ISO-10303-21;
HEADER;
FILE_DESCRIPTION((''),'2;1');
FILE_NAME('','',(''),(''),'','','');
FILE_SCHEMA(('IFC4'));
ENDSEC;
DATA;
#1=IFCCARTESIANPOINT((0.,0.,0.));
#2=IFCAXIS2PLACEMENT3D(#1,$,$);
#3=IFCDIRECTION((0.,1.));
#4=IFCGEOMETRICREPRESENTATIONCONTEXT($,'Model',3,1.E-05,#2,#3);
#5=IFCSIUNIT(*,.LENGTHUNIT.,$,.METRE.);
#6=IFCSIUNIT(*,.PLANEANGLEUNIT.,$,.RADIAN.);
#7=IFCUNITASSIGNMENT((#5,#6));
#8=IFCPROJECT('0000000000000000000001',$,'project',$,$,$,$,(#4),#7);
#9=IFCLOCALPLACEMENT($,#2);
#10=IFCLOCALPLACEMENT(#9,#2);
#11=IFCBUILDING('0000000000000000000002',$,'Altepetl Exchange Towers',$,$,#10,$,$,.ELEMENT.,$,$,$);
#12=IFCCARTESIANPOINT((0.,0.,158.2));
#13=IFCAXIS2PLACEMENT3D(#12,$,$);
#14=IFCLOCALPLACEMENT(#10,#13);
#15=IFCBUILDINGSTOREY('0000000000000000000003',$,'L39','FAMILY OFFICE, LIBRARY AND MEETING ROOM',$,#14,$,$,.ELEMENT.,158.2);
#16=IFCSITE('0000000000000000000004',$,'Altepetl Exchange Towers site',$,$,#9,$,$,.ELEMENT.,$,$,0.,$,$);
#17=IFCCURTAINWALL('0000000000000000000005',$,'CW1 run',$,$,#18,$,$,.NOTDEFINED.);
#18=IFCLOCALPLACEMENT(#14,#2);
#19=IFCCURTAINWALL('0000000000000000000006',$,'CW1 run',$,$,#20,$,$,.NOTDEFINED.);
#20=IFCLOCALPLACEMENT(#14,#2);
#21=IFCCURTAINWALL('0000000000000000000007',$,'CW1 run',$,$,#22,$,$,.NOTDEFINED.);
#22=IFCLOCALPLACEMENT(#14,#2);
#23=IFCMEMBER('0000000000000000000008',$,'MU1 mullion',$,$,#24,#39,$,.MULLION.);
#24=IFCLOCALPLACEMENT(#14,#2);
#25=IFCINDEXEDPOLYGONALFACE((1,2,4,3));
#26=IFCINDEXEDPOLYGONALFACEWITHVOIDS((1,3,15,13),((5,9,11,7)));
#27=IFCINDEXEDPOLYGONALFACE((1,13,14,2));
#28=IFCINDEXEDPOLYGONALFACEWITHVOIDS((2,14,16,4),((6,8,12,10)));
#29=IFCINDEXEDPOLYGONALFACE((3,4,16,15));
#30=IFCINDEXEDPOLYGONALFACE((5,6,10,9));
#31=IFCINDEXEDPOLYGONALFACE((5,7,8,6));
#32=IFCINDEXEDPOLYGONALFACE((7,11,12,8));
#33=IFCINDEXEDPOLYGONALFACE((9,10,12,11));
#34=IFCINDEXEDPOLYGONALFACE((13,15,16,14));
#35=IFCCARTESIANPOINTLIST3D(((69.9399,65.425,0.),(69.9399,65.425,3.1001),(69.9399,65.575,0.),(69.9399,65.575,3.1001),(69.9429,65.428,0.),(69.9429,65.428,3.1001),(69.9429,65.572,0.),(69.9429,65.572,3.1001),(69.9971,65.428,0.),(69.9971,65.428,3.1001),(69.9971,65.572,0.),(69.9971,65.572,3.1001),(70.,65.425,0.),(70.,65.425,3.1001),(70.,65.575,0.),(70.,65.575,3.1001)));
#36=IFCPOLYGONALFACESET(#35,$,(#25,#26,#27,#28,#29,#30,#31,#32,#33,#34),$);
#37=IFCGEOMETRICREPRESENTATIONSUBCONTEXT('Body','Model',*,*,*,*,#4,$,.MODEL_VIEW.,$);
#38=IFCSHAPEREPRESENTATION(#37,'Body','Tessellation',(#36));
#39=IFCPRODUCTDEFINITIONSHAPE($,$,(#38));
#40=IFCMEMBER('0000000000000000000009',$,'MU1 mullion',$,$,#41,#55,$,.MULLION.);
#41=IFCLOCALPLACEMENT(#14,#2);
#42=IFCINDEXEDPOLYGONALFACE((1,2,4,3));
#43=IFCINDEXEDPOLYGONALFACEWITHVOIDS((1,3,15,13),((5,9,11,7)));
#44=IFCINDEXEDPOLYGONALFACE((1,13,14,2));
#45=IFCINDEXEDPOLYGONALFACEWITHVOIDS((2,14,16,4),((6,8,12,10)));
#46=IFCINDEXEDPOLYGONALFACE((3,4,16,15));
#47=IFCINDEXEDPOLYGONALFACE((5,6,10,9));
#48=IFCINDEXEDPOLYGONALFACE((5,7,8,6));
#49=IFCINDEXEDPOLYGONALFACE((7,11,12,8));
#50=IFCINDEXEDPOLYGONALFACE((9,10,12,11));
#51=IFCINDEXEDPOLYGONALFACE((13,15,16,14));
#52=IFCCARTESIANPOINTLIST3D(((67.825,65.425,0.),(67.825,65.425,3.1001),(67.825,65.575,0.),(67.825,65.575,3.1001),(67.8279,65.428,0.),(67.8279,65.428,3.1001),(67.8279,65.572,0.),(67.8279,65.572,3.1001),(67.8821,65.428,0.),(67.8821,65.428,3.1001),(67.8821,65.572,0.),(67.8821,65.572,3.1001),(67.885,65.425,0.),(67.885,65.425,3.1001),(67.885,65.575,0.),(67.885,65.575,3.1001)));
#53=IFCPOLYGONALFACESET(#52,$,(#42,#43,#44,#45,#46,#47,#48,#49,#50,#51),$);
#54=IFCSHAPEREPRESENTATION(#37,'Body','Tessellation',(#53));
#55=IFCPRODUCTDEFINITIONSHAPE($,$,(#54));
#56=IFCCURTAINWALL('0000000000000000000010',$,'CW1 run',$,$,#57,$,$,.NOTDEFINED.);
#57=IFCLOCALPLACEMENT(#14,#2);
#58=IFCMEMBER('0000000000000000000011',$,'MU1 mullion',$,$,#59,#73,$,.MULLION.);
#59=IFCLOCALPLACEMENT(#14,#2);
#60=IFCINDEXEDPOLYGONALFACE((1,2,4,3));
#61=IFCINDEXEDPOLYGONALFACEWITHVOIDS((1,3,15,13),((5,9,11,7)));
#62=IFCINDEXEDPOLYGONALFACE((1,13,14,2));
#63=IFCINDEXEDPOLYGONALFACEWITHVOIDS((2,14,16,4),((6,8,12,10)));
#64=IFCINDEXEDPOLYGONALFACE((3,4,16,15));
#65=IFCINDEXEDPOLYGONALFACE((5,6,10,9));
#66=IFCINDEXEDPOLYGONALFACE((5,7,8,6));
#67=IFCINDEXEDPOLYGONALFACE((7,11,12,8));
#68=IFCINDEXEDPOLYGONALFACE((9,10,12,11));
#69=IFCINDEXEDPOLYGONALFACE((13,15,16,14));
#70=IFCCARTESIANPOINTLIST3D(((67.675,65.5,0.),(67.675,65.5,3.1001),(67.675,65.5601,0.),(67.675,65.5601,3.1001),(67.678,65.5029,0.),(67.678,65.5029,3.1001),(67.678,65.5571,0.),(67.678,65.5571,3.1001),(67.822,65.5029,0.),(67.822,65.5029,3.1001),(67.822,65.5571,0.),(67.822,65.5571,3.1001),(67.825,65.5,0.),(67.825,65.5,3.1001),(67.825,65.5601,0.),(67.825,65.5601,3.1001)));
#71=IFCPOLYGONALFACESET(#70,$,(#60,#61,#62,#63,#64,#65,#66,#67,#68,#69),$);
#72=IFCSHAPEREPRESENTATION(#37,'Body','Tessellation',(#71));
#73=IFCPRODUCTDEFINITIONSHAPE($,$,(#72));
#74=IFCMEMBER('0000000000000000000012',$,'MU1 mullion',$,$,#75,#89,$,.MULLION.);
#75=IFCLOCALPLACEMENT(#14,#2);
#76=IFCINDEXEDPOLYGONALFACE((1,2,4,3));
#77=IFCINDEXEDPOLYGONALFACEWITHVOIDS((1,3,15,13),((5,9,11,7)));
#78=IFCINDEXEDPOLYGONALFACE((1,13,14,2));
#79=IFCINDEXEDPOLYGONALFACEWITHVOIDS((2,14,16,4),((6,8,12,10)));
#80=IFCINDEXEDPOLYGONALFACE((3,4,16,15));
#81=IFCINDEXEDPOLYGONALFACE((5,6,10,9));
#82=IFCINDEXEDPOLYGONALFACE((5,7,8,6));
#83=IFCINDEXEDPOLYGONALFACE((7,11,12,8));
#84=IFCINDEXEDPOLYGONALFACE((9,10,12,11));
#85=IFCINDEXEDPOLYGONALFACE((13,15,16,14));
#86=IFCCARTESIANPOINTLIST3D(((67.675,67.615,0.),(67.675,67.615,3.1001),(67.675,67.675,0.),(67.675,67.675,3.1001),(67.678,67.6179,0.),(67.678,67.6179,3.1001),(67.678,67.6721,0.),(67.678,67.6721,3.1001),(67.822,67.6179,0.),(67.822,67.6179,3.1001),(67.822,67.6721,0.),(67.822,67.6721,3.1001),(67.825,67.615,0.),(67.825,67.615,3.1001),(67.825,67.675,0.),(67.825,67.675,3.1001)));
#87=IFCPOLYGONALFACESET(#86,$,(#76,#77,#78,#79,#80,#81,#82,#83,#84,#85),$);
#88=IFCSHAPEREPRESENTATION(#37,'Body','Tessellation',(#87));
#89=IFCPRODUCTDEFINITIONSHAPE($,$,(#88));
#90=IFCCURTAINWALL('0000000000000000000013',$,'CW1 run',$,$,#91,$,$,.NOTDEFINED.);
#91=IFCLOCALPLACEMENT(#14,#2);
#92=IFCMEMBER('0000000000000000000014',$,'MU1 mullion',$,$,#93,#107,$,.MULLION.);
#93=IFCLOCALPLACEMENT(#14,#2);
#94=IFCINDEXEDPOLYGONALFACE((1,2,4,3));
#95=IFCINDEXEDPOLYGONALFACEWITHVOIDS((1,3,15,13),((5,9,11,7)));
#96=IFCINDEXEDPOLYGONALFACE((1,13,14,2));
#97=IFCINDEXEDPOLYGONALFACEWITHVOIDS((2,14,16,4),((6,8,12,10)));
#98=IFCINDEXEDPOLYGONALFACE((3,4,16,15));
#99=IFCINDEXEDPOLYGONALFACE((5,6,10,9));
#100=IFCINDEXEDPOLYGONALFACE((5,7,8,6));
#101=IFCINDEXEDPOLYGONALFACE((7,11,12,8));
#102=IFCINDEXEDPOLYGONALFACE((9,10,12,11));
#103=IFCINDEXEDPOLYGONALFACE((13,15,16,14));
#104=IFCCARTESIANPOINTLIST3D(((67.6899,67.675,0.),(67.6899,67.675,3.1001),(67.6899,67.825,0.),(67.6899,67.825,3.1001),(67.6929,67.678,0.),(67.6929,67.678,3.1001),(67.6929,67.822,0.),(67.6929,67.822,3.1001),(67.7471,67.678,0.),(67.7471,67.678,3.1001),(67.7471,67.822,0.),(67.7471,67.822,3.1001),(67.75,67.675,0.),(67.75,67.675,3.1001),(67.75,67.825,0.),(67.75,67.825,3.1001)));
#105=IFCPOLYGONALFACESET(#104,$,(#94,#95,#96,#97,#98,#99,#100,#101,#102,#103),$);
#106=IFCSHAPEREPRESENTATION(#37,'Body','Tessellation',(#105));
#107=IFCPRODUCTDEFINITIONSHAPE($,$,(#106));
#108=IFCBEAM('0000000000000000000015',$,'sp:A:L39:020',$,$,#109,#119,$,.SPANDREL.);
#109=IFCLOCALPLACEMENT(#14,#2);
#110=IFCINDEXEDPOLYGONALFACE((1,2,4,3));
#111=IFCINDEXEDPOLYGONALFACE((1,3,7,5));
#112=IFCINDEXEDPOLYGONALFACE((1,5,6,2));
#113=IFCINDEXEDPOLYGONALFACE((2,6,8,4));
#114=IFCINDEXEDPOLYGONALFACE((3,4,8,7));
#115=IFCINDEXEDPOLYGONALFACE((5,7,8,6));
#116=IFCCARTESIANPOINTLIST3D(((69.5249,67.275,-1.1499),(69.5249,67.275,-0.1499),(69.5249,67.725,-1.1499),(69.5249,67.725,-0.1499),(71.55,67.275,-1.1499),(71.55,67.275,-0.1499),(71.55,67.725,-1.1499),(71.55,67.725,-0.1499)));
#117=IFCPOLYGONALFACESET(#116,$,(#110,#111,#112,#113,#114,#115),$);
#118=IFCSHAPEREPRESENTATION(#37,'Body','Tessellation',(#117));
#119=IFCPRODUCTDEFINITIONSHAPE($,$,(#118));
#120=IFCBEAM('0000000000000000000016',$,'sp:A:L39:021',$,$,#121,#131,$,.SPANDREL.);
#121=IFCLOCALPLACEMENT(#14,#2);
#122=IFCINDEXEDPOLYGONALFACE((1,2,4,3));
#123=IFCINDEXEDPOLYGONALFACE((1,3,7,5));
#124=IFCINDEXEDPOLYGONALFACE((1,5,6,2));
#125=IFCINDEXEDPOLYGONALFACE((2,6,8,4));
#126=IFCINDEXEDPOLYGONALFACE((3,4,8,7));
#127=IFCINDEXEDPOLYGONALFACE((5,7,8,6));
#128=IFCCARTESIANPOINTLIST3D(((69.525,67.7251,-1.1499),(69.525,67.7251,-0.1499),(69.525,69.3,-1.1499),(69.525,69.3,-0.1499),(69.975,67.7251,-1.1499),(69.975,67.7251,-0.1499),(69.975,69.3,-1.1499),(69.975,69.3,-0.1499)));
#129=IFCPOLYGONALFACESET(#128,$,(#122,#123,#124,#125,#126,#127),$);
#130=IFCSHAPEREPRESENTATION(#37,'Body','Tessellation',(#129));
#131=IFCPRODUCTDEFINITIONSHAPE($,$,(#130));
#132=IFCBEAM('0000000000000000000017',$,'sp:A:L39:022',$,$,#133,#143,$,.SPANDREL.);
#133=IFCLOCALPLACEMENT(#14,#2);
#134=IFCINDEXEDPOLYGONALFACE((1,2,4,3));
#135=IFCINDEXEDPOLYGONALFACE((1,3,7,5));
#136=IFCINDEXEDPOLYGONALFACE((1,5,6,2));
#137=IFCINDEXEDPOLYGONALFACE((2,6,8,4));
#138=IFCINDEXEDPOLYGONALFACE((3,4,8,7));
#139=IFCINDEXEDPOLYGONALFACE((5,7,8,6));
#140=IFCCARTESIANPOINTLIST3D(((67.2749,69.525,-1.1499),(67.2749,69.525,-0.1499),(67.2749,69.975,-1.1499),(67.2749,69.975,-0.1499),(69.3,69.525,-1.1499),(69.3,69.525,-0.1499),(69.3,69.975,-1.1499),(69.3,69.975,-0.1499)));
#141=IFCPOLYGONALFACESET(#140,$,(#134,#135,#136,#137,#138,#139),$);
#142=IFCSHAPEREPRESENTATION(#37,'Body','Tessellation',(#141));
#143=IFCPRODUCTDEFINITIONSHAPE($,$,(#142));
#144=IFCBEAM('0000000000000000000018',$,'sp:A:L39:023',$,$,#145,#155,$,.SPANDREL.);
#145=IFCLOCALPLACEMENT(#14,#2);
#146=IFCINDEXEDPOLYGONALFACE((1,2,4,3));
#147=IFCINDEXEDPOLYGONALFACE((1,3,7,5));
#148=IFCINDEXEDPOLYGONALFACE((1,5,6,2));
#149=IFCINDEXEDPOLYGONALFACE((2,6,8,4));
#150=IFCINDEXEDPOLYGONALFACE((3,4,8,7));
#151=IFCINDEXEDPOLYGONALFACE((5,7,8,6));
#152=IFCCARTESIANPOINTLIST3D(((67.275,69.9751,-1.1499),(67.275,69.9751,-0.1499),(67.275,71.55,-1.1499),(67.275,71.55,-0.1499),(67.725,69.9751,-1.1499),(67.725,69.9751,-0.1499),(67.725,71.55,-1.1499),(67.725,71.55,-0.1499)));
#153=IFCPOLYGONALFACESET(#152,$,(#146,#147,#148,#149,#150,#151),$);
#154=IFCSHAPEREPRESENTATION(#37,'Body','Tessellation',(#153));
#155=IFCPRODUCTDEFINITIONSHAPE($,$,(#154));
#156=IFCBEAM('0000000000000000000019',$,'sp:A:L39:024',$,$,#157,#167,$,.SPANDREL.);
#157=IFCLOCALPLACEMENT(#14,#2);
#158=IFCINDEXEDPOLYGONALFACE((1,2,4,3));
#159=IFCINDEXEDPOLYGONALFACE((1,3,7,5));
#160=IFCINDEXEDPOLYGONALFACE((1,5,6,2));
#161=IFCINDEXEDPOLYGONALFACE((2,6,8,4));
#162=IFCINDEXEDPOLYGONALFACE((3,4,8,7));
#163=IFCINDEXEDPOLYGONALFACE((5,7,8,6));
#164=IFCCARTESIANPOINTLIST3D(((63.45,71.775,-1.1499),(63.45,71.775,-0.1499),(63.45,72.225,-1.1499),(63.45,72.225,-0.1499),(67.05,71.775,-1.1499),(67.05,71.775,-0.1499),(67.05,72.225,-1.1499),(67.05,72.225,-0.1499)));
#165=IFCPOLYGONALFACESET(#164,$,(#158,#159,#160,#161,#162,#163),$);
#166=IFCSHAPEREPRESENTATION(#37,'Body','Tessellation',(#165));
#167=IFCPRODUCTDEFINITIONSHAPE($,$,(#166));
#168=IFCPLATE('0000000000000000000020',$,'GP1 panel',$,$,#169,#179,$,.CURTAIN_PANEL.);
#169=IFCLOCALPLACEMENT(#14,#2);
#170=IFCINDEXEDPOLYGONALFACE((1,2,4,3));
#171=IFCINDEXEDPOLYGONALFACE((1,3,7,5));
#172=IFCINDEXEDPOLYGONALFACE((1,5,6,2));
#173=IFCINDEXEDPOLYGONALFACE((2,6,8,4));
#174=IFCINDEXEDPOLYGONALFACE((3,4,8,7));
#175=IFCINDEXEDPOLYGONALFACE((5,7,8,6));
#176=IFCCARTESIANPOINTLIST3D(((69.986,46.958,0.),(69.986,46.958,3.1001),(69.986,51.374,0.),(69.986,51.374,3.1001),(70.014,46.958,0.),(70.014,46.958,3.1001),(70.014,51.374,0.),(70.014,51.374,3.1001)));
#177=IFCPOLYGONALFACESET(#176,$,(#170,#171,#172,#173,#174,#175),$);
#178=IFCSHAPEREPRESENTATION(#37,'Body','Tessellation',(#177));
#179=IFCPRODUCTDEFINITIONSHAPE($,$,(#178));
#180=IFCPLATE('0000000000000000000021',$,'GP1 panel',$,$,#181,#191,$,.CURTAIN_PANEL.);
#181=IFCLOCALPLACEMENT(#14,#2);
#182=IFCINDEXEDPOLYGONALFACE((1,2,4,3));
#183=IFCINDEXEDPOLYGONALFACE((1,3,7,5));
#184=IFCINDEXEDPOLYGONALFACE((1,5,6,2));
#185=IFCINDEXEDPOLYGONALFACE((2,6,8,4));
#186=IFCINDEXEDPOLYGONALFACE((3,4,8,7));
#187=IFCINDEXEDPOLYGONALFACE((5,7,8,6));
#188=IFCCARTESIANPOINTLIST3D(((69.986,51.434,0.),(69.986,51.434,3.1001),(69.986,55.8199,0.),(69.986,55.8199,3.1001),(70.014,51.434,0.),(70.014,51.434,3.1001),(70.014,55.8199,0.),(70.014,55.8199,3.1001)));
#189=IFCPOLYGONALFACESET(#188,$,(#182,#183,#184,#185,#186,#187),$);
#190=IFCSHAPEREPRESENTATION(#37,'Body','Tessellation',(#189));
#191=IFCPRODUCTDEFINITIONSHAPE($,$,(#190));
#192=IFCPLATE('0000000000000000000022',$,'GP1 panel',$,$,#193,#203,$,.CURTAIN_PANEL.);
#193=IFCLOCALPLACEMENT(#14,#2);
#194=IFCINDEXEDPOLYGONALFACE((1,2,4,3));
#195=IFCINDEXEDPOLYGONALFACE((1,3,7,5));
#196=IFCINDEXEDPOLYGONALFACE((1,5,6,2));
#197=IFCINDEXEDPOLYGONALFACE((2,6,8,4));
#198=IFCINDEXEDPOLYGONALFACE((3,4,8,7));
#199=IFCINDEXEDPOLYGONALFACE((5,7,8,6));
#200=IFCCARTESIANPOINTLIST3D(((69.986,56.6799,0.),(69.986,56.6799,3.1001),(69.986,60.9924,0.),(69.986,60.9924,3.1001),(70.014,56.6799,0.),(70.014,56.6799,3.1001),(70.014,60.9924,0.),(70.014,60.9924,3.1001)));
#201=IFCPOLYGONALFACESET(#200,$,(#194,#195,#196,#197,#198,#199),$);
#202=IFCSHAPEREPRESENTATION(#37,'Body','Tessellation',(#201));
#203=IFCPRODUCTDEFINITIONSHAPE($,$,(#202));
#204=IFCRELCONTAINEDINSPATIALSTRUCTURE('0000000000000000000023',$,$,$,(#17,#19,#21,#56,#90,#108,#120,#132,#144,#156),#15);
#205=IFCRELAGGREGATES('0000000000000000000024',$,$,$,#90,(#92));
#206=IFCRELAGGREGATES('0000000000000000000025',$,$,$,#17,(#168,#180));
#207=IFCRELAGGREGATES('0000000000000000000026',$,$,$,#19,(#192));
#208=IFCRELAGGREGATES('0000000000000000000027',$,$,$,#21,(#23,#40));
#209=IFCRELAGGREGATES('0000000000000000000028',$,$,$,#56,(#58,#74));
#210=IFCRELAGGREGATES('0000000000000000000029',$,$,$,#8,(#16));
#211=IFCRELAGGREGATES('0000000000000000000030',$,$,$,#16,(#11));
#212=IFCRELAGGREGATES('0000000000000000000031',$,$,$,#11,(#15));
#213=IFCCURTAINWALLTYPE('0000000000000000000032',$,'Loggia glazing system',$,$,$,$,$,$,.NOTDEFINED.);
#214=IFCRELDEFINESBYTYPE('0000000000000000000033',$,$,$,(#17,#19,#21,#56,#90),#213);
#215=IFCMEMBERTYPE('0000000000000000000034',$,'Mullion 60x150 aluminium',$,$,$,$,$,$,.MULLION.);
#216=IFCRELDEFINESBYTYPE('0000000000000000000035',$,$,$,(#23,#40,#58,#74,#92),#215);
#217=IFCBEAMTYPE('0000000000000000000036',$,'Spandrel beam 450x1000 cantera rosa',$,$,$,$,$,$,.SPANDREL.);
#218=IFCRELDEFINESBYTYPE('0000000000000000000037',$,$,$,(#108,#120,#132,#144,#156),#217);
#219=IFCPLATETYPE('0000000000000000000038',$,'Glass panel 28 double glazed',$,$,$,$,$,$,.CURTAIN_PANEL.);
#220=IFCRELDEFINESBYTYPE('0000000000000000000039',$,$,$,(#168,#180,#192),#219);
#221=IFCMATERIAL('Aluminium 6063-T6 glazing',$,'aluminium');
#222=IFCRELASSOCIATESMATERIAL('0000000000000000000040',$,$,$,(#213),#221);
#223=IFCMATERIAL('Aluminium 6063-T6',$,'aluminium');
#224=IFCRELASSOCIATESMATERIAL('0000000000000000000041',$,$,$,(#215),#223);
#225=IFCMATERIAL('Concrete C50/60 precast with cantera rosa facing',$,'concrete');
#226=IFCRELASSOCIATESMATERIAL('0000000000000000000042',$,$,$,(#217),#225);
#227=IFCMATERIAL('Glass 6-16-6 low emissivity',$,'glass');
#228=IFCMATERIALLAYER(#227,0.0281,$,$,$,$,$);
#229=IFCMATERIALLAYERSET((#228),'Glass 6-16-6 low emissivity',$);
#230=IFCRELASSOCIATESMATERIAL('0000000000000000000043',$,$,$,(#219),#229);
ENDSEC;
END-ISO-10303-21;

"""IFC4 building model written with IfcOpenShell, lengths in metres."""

from ifc_helpers import new_model, si_unit, direction, frame, origin, origin_2d, place, context, subcontext, project, spatial, rectangle, hollow_rectangle, extrude, material, layer, layer_set, material_profile, profile_set, type_object, element, aggregate, save


model = new_model("IFC4")

# Units and contexts
model_context = context("Model", 3, precision=1e-05, world=origin(), true_north=direction((0.0, 1.0)))
body_context = subcontext(model_context, "Body", "Model", "MODEL_VIEW")
ifc_project = project(units=[si_unit("LENGTHUNIT", "METRE"), si_unit("PLANEANGLEUNIT", "RADIAN")], contexts=[model_context])

# Site, building, storey
site_placement = place(None, origin())
site = spatial("IfcSite", under=ifc_project, at=site_placement, Name="Altepetl Exchange Towers site", CompositionType="ELEMENT", RefElevation=0.0)
building_placement = place(site_placement, origin())
building = spatial("IfcBuilding", under=site, at=building_placement, Name="Altepetl Exchange Towers", CompositionType="ELEMENT")
storey_placement = place(building_placement, frame((0.0, 0.0, 158.2)))
storey = spatial("IfcBuildingStorey", under=building, at=storey_placement, Name="L39", Description="FAMILY OFFICE, LIBRARY AND MEETING ROOM", CompositionType="ELEMENT", Elevation=158.2)

# Curtain walls, members
ifc_material_1 = material(Name="Aluminium 6063-T6 glazing", Category="aluminium")
curtain_wall_type = type_object("IfcCurtainWallType", Name="Loggia glazing system", PredefinedType="NOTDEFINED", material=ifc_material_1)
curtain_wall_1_placement = place(storey_placement, origin())
curtain_wall_1 = element("IfcCurtainWall", 1, at=curtain_wall_1_placement, inside=storey, type_object=curtain_wall_type, Name="CW1 run", PredefinedType="NOTDEFINED")
ifc_material_2 = material(Name="Aluminium 6063-T6", Category="aluminium")
ifc_material_profile_1 = material_profile(ifc_material_2, hollow_rectangle(XDim=0.0601, YDim=0.1499, WallThickness=0.0029, at=origin_2d()), Name="Mullion 60x150 aluminium")
ifc_profile_set_1 = profile_set([ifc_material_profile_1], Name="Aluminium 6063-T6")
member_type = type_object("IfcMemberType", Name="Mullion 60x150 aluminium", PredefinedType="MULLION", material=ifc_profile_set_1)
curtain_wall_2_placement = place(storey_placement, origin())
curtain_wall_2 = element("IfcCurtainWall", 2, at=curtain_wall_2_placement, inside=storey, type_object=curtain_wall_type, Name="CW1 run", PredefinedType="NOTDEFINED")
curtain_wall_3_placement = place(storey_placement, origin())
curtain_wall_3 = element("IfcCurtainWall", 3, at=curtain_wall_3_placement, inside=storey, type_object=curtain_wall_type, Name="CW1 run", PredefinedType="NOTDEFINED")
member_1_placement = place(storey_placement, frame((69.97, 65.5, 0.0), z_axis=(0.0, 0.0, 1.0), x_axis=(-1.0, 0.0, 0.0)))
member_1 = element("IfcMember", 4, at=member_1_placement, type_object=member_type, Name="MU1 mullion", PredefinedType="MULLION", context=body_context, shape_type="SweptSolid", body=[
    extrude(hollow_rectangle(XDim=0.0601, YDim=0.1499, WallThickness=0.0029, at=origin_2d()), origin(), (0.0, 0.0, 1.0), 3.1001),
])
member_2_placement = place(storey_placement, frame((67.855, 65.5, 0.0), z_axis=(0.0, 0.0, 1.0), x_axis=(-1.0, 0.0, 0.0)))
member_2 = element("IfcMember", 5, at=member_2_placement, type_object=member_type, Name="MU1 mullion", PredefinedType="MULLION", context=body_context, shape_type="SweptSolid", body=[
    extrude(hollow_rectangle(XDim=0.0601, YDim=0.1499, WallThickness=0.0029, at=origin_2d()), origin(), (0.0, 0.0, 1.0), 3.1001),
])
curtain_wall_4_placement = place(storey_placement, origin())
curtain_wall_4 = element("IfcCurtainWall", 6, at=curtain_wall_4_placement, inside=storey, type_object=curtain_wall_type, Name="CW1 run", PredefinedType="NOTDEFINED")
member_3_placement = place(storey_placement, frame((67.75, 65.53, 0.0), z_axis=(0.0, 0.0, 1.0), x_axis=(0.0, 1.0, 0.0)))
member_3 = element("IfcMember", 7, at=member_3_placement, type_object=member_type, Name="MU1 mullion", PredefinedType="MULLION", context=body_context, shape_type="SweptSolid", body=[
    extrude(hollow_rectangle(XDim=0.0601, YDim=0.1499, WallThickness=0.0029, at=origin_2d()), origin(), (0.0, 0.0, 1.0), 3.1001),
])
member_4_placement = place(storey_placement, frame((67.75, 67.645, 0.0), z_axis=(0.0, 0.0, 1.0), x_axis=(0.0, 1.0, 0.0)))
member_4 = element("IfcMember", 8, at=member_4_placement, type_object=member_type, Name="MU1 mullion", PredefinedType="MULLION", context=body_context, shape_type="SweptSolid", body=[
    extrude(hollow_rectangle(XDim=0.0601, YDim=0.1499, WallThickness=0.0029, at=origin_2d()), origin(), (0.0, 0.0, 1.0), 3.1001),
])

# Curtain wall, member
curtain_wall_5_placement = place(storey_placement, origin())
curtain_wall_5 = element("IfcCurtainWall", 9, at=curtain_wall_5_placement, inside=storey, type_object=curtain_wall_type, Name="CW1 run", PredefinedType="NOTDEFINED")
member_5_placement = place(storey_placement, frame((67.72, 67.75, 0.0), z_axis=(0.0, 0.0, 1.0), x_axis=(-1.0, 0.0, 0.0)))
member_5 = element("IfcMember", 10, at=member_5_placement, type_object=member_type, Name="MU1 mullion", PredefinedType="MULLION", context=body_context, shape_type="SweptSolid", body=[
    extrude(hollow_rectangle(XDim=0.0601, YDim=0.1499, WallThickness=0.0029, at=origin_2d()), origin(), (0.0, 0.0, 1.0), 3.1001),
])
aggregate(curtain_wall_5, [member_5])

# Beams
ifc_material_3 = material(Name="Concrete C50/60 precast with cantera rosa facing", Category="concrete")
ifc_material_profile_2 = material_profile(ifc_material_3, rectangle(XDim=0.45, YDim=1.0, at=origin_2d()), Name="450 x 1000")
ifc_profile_set_2 = profile_set([ifc_material_profile_2], Name="Concrete C50/60 precast with cantera rosa facing")
beam_type_1 = type_object("IfcBeamType", Name="Spandrel beam 450x1000 cantera rosa", PredefinedType="SPANDREL", material=ifc_profile_set_2)
beam_1_placement = place(storey_placement, frame((71.55, 67.5, -0.6499), z_axis=(-1.0, 0.0, 0.0), x_axis=(0.0, -1.0, 0.0)))
element("IfcBeam", 11, at=beam_1_placement, inside=storey, type_object=beam_type_1, Name="sp:A:L39:020", PredefinedType="SPANDREL", context=body_context, shape_type="SweptSolid", body=[
    extrude(rectangle(XDim=0.45, YDim=1.0, at=origin_2d()), origin(), (0.0, 0.0, 1.0), 2.0251),
])
beam_2_placement = place(storey_placement, frame((69.75, 67.7251, -0.6499), z_axis=(0.0, 1.0, 0.0), x_axis=(-1.0, 0.0, 0.0)))
element("IfcBeam", 12, at=beam_2_placement, inside=storey, type_object=beam_type_1, Name="sp:A:L39:021", PredefinedType="SPANDREL", context=body_context, shape_type="SweptSolid", body=[
    extrude(rectangle(XDim=0.45, YDim=1.0, at=origin_2d()), origin(), (0.0, 0.0, 1.0), 1.575),
])
beam_3_placement = place(storey_placement, frame((69.3, 69.75, -0.6499), z_axis=(-1.0, 0.0, 0.0), x_axis=(0.0, -1.0, 0.0)))
element("IfcBeam", 13, at=beam_3_placement, inside=storey, type_object=beam_type_1, Name="sp:A:L39:022", PredefinedType="SPANDREL", context=body_context, shape_type="SweptSolid", body=[
    extrude(rectangle(XDim=0.45, YDim=1.0, at=origin_2d()), origin(), (0.0, 0.0, 1.0), 2.0251),
])
beam_4_placement = place(storey_placement, frame((67.5, 69.9751, -0.6499), z_axis=(0.0, 1.0, 0.0), x_axis=(-1.0, 0.0, 0.0)))
element("IfcBeam", 14, at=beam_4_placement, inside=storey, type_object=beam_type_1, Name="sp:A:L39:023", PredefinedType="SPANDREL", context=body_context, shape_type="SweptSolid", body=[
    extrude(rectangle(XDim=0.45, YDim=1.0, at=origin_2d()), origin(), (0.0, 0.0, 1.0), 1.575),
])
beam_5_placement = place(storey_placement, frame((67.05, 72.0, -0.6499), z_axis=(-1.0, 0.0, 0.0), x_axis=(0.0, -1.0, 0.0)))
element("IfcBeam", 15, at=beam_5_placement, inside=storey, type_object=beam_type_1, Name="sp:A:L39:024", PredefinedType="SPANDREL", context=body_context, shape_type="SweptSolid", body=[
    extrude(rectangle(XDim=0.45, YDim=1.0, at=origin_2d()), origin(), (0.0, 0.0, 1.0), 3.6001),
])

# Plates
ifc_material_4 = material(Name="Glass 6-16-6 low emissivity", Category="glass")
ifc_layer = layer(ifc_material_4, 0.0281)
ifc_layer_set = layer_set([ifc_layer], Name="Glass 6-16-6 low emissivity")
plate_type = type_object("IfcPlateType", Name="Glass panel 28 double glazed", PredefinedType="CURTAIN_PANEL", material=ifc_layer_set)
plate_1_placement = place(storey_placement, frame((70.0, 49.166, 0.0), z_axis=(0.0, 0.0, 1.0), x_axis=(0.0, 1.0, 0.0)))
plate_1 = element("IfcPlate", 16, at=plate_1_placement, type_object=plate_type, Name="GP1 panel", PredefinedType="CURTAIN_PANEL", context=body_context, shape_type="SweptSolid", body=[
    extrude(rectangle(XDim=4.416, YDim=0.0281, at=origin_2d()), origin(), (0.0, 0.0, 1.0), 3.1001),
])
plate_2_placement = place(storey_placement, frame((70.0, 53.627, 0.0), z_axis=(0.0, 0.0, 1.0), x_axis=(0.0, 1.0, 0.0)))
plate_2 = element("IfcPlate", 17, at=plate_2_placement, type_object=plate_type, Name="GP1 panel", PredefinedType="CURTAIN_PANEL", context=body_context, shape_type="SweptSolid", body=[
    extrude(rectangle(XDim=4.386, YDim=0.0281, at=origin_2d()), origin(), (0.0, 0.0, 1.0), 3.1001),
])
aggregate(curtain_wall_1, [plate_1, plate_2])
plate_3_placement = place(storey_placement, frame((70.0, 58.8362, 0.0), z_axis=(0.0, 0.0, 1.0), x_axis=(0.0, 1.0, 0.0)))
plate_3 = element("IfcPlate", 18, at=plate_3_placement, type_object=plate_type, Name="GP1 panel", PredefinedType="CURTAIN_PANEL", context=body_context, shape_type="SweptSolid", body=[
    extrude(rectangle(XDim=4.3125, YDim=0.0281, at=origin_2d()), origin(), (0.0, 0.0, 1.0), 3.1001),
])
aggregate(curtain_wall_2, [plate_3])
aggregate(curtain_wall_3, [member_1, member_2])
aggregate(curtain_wall_4, [member_3, member_4])

save(model, "model.ifc")
